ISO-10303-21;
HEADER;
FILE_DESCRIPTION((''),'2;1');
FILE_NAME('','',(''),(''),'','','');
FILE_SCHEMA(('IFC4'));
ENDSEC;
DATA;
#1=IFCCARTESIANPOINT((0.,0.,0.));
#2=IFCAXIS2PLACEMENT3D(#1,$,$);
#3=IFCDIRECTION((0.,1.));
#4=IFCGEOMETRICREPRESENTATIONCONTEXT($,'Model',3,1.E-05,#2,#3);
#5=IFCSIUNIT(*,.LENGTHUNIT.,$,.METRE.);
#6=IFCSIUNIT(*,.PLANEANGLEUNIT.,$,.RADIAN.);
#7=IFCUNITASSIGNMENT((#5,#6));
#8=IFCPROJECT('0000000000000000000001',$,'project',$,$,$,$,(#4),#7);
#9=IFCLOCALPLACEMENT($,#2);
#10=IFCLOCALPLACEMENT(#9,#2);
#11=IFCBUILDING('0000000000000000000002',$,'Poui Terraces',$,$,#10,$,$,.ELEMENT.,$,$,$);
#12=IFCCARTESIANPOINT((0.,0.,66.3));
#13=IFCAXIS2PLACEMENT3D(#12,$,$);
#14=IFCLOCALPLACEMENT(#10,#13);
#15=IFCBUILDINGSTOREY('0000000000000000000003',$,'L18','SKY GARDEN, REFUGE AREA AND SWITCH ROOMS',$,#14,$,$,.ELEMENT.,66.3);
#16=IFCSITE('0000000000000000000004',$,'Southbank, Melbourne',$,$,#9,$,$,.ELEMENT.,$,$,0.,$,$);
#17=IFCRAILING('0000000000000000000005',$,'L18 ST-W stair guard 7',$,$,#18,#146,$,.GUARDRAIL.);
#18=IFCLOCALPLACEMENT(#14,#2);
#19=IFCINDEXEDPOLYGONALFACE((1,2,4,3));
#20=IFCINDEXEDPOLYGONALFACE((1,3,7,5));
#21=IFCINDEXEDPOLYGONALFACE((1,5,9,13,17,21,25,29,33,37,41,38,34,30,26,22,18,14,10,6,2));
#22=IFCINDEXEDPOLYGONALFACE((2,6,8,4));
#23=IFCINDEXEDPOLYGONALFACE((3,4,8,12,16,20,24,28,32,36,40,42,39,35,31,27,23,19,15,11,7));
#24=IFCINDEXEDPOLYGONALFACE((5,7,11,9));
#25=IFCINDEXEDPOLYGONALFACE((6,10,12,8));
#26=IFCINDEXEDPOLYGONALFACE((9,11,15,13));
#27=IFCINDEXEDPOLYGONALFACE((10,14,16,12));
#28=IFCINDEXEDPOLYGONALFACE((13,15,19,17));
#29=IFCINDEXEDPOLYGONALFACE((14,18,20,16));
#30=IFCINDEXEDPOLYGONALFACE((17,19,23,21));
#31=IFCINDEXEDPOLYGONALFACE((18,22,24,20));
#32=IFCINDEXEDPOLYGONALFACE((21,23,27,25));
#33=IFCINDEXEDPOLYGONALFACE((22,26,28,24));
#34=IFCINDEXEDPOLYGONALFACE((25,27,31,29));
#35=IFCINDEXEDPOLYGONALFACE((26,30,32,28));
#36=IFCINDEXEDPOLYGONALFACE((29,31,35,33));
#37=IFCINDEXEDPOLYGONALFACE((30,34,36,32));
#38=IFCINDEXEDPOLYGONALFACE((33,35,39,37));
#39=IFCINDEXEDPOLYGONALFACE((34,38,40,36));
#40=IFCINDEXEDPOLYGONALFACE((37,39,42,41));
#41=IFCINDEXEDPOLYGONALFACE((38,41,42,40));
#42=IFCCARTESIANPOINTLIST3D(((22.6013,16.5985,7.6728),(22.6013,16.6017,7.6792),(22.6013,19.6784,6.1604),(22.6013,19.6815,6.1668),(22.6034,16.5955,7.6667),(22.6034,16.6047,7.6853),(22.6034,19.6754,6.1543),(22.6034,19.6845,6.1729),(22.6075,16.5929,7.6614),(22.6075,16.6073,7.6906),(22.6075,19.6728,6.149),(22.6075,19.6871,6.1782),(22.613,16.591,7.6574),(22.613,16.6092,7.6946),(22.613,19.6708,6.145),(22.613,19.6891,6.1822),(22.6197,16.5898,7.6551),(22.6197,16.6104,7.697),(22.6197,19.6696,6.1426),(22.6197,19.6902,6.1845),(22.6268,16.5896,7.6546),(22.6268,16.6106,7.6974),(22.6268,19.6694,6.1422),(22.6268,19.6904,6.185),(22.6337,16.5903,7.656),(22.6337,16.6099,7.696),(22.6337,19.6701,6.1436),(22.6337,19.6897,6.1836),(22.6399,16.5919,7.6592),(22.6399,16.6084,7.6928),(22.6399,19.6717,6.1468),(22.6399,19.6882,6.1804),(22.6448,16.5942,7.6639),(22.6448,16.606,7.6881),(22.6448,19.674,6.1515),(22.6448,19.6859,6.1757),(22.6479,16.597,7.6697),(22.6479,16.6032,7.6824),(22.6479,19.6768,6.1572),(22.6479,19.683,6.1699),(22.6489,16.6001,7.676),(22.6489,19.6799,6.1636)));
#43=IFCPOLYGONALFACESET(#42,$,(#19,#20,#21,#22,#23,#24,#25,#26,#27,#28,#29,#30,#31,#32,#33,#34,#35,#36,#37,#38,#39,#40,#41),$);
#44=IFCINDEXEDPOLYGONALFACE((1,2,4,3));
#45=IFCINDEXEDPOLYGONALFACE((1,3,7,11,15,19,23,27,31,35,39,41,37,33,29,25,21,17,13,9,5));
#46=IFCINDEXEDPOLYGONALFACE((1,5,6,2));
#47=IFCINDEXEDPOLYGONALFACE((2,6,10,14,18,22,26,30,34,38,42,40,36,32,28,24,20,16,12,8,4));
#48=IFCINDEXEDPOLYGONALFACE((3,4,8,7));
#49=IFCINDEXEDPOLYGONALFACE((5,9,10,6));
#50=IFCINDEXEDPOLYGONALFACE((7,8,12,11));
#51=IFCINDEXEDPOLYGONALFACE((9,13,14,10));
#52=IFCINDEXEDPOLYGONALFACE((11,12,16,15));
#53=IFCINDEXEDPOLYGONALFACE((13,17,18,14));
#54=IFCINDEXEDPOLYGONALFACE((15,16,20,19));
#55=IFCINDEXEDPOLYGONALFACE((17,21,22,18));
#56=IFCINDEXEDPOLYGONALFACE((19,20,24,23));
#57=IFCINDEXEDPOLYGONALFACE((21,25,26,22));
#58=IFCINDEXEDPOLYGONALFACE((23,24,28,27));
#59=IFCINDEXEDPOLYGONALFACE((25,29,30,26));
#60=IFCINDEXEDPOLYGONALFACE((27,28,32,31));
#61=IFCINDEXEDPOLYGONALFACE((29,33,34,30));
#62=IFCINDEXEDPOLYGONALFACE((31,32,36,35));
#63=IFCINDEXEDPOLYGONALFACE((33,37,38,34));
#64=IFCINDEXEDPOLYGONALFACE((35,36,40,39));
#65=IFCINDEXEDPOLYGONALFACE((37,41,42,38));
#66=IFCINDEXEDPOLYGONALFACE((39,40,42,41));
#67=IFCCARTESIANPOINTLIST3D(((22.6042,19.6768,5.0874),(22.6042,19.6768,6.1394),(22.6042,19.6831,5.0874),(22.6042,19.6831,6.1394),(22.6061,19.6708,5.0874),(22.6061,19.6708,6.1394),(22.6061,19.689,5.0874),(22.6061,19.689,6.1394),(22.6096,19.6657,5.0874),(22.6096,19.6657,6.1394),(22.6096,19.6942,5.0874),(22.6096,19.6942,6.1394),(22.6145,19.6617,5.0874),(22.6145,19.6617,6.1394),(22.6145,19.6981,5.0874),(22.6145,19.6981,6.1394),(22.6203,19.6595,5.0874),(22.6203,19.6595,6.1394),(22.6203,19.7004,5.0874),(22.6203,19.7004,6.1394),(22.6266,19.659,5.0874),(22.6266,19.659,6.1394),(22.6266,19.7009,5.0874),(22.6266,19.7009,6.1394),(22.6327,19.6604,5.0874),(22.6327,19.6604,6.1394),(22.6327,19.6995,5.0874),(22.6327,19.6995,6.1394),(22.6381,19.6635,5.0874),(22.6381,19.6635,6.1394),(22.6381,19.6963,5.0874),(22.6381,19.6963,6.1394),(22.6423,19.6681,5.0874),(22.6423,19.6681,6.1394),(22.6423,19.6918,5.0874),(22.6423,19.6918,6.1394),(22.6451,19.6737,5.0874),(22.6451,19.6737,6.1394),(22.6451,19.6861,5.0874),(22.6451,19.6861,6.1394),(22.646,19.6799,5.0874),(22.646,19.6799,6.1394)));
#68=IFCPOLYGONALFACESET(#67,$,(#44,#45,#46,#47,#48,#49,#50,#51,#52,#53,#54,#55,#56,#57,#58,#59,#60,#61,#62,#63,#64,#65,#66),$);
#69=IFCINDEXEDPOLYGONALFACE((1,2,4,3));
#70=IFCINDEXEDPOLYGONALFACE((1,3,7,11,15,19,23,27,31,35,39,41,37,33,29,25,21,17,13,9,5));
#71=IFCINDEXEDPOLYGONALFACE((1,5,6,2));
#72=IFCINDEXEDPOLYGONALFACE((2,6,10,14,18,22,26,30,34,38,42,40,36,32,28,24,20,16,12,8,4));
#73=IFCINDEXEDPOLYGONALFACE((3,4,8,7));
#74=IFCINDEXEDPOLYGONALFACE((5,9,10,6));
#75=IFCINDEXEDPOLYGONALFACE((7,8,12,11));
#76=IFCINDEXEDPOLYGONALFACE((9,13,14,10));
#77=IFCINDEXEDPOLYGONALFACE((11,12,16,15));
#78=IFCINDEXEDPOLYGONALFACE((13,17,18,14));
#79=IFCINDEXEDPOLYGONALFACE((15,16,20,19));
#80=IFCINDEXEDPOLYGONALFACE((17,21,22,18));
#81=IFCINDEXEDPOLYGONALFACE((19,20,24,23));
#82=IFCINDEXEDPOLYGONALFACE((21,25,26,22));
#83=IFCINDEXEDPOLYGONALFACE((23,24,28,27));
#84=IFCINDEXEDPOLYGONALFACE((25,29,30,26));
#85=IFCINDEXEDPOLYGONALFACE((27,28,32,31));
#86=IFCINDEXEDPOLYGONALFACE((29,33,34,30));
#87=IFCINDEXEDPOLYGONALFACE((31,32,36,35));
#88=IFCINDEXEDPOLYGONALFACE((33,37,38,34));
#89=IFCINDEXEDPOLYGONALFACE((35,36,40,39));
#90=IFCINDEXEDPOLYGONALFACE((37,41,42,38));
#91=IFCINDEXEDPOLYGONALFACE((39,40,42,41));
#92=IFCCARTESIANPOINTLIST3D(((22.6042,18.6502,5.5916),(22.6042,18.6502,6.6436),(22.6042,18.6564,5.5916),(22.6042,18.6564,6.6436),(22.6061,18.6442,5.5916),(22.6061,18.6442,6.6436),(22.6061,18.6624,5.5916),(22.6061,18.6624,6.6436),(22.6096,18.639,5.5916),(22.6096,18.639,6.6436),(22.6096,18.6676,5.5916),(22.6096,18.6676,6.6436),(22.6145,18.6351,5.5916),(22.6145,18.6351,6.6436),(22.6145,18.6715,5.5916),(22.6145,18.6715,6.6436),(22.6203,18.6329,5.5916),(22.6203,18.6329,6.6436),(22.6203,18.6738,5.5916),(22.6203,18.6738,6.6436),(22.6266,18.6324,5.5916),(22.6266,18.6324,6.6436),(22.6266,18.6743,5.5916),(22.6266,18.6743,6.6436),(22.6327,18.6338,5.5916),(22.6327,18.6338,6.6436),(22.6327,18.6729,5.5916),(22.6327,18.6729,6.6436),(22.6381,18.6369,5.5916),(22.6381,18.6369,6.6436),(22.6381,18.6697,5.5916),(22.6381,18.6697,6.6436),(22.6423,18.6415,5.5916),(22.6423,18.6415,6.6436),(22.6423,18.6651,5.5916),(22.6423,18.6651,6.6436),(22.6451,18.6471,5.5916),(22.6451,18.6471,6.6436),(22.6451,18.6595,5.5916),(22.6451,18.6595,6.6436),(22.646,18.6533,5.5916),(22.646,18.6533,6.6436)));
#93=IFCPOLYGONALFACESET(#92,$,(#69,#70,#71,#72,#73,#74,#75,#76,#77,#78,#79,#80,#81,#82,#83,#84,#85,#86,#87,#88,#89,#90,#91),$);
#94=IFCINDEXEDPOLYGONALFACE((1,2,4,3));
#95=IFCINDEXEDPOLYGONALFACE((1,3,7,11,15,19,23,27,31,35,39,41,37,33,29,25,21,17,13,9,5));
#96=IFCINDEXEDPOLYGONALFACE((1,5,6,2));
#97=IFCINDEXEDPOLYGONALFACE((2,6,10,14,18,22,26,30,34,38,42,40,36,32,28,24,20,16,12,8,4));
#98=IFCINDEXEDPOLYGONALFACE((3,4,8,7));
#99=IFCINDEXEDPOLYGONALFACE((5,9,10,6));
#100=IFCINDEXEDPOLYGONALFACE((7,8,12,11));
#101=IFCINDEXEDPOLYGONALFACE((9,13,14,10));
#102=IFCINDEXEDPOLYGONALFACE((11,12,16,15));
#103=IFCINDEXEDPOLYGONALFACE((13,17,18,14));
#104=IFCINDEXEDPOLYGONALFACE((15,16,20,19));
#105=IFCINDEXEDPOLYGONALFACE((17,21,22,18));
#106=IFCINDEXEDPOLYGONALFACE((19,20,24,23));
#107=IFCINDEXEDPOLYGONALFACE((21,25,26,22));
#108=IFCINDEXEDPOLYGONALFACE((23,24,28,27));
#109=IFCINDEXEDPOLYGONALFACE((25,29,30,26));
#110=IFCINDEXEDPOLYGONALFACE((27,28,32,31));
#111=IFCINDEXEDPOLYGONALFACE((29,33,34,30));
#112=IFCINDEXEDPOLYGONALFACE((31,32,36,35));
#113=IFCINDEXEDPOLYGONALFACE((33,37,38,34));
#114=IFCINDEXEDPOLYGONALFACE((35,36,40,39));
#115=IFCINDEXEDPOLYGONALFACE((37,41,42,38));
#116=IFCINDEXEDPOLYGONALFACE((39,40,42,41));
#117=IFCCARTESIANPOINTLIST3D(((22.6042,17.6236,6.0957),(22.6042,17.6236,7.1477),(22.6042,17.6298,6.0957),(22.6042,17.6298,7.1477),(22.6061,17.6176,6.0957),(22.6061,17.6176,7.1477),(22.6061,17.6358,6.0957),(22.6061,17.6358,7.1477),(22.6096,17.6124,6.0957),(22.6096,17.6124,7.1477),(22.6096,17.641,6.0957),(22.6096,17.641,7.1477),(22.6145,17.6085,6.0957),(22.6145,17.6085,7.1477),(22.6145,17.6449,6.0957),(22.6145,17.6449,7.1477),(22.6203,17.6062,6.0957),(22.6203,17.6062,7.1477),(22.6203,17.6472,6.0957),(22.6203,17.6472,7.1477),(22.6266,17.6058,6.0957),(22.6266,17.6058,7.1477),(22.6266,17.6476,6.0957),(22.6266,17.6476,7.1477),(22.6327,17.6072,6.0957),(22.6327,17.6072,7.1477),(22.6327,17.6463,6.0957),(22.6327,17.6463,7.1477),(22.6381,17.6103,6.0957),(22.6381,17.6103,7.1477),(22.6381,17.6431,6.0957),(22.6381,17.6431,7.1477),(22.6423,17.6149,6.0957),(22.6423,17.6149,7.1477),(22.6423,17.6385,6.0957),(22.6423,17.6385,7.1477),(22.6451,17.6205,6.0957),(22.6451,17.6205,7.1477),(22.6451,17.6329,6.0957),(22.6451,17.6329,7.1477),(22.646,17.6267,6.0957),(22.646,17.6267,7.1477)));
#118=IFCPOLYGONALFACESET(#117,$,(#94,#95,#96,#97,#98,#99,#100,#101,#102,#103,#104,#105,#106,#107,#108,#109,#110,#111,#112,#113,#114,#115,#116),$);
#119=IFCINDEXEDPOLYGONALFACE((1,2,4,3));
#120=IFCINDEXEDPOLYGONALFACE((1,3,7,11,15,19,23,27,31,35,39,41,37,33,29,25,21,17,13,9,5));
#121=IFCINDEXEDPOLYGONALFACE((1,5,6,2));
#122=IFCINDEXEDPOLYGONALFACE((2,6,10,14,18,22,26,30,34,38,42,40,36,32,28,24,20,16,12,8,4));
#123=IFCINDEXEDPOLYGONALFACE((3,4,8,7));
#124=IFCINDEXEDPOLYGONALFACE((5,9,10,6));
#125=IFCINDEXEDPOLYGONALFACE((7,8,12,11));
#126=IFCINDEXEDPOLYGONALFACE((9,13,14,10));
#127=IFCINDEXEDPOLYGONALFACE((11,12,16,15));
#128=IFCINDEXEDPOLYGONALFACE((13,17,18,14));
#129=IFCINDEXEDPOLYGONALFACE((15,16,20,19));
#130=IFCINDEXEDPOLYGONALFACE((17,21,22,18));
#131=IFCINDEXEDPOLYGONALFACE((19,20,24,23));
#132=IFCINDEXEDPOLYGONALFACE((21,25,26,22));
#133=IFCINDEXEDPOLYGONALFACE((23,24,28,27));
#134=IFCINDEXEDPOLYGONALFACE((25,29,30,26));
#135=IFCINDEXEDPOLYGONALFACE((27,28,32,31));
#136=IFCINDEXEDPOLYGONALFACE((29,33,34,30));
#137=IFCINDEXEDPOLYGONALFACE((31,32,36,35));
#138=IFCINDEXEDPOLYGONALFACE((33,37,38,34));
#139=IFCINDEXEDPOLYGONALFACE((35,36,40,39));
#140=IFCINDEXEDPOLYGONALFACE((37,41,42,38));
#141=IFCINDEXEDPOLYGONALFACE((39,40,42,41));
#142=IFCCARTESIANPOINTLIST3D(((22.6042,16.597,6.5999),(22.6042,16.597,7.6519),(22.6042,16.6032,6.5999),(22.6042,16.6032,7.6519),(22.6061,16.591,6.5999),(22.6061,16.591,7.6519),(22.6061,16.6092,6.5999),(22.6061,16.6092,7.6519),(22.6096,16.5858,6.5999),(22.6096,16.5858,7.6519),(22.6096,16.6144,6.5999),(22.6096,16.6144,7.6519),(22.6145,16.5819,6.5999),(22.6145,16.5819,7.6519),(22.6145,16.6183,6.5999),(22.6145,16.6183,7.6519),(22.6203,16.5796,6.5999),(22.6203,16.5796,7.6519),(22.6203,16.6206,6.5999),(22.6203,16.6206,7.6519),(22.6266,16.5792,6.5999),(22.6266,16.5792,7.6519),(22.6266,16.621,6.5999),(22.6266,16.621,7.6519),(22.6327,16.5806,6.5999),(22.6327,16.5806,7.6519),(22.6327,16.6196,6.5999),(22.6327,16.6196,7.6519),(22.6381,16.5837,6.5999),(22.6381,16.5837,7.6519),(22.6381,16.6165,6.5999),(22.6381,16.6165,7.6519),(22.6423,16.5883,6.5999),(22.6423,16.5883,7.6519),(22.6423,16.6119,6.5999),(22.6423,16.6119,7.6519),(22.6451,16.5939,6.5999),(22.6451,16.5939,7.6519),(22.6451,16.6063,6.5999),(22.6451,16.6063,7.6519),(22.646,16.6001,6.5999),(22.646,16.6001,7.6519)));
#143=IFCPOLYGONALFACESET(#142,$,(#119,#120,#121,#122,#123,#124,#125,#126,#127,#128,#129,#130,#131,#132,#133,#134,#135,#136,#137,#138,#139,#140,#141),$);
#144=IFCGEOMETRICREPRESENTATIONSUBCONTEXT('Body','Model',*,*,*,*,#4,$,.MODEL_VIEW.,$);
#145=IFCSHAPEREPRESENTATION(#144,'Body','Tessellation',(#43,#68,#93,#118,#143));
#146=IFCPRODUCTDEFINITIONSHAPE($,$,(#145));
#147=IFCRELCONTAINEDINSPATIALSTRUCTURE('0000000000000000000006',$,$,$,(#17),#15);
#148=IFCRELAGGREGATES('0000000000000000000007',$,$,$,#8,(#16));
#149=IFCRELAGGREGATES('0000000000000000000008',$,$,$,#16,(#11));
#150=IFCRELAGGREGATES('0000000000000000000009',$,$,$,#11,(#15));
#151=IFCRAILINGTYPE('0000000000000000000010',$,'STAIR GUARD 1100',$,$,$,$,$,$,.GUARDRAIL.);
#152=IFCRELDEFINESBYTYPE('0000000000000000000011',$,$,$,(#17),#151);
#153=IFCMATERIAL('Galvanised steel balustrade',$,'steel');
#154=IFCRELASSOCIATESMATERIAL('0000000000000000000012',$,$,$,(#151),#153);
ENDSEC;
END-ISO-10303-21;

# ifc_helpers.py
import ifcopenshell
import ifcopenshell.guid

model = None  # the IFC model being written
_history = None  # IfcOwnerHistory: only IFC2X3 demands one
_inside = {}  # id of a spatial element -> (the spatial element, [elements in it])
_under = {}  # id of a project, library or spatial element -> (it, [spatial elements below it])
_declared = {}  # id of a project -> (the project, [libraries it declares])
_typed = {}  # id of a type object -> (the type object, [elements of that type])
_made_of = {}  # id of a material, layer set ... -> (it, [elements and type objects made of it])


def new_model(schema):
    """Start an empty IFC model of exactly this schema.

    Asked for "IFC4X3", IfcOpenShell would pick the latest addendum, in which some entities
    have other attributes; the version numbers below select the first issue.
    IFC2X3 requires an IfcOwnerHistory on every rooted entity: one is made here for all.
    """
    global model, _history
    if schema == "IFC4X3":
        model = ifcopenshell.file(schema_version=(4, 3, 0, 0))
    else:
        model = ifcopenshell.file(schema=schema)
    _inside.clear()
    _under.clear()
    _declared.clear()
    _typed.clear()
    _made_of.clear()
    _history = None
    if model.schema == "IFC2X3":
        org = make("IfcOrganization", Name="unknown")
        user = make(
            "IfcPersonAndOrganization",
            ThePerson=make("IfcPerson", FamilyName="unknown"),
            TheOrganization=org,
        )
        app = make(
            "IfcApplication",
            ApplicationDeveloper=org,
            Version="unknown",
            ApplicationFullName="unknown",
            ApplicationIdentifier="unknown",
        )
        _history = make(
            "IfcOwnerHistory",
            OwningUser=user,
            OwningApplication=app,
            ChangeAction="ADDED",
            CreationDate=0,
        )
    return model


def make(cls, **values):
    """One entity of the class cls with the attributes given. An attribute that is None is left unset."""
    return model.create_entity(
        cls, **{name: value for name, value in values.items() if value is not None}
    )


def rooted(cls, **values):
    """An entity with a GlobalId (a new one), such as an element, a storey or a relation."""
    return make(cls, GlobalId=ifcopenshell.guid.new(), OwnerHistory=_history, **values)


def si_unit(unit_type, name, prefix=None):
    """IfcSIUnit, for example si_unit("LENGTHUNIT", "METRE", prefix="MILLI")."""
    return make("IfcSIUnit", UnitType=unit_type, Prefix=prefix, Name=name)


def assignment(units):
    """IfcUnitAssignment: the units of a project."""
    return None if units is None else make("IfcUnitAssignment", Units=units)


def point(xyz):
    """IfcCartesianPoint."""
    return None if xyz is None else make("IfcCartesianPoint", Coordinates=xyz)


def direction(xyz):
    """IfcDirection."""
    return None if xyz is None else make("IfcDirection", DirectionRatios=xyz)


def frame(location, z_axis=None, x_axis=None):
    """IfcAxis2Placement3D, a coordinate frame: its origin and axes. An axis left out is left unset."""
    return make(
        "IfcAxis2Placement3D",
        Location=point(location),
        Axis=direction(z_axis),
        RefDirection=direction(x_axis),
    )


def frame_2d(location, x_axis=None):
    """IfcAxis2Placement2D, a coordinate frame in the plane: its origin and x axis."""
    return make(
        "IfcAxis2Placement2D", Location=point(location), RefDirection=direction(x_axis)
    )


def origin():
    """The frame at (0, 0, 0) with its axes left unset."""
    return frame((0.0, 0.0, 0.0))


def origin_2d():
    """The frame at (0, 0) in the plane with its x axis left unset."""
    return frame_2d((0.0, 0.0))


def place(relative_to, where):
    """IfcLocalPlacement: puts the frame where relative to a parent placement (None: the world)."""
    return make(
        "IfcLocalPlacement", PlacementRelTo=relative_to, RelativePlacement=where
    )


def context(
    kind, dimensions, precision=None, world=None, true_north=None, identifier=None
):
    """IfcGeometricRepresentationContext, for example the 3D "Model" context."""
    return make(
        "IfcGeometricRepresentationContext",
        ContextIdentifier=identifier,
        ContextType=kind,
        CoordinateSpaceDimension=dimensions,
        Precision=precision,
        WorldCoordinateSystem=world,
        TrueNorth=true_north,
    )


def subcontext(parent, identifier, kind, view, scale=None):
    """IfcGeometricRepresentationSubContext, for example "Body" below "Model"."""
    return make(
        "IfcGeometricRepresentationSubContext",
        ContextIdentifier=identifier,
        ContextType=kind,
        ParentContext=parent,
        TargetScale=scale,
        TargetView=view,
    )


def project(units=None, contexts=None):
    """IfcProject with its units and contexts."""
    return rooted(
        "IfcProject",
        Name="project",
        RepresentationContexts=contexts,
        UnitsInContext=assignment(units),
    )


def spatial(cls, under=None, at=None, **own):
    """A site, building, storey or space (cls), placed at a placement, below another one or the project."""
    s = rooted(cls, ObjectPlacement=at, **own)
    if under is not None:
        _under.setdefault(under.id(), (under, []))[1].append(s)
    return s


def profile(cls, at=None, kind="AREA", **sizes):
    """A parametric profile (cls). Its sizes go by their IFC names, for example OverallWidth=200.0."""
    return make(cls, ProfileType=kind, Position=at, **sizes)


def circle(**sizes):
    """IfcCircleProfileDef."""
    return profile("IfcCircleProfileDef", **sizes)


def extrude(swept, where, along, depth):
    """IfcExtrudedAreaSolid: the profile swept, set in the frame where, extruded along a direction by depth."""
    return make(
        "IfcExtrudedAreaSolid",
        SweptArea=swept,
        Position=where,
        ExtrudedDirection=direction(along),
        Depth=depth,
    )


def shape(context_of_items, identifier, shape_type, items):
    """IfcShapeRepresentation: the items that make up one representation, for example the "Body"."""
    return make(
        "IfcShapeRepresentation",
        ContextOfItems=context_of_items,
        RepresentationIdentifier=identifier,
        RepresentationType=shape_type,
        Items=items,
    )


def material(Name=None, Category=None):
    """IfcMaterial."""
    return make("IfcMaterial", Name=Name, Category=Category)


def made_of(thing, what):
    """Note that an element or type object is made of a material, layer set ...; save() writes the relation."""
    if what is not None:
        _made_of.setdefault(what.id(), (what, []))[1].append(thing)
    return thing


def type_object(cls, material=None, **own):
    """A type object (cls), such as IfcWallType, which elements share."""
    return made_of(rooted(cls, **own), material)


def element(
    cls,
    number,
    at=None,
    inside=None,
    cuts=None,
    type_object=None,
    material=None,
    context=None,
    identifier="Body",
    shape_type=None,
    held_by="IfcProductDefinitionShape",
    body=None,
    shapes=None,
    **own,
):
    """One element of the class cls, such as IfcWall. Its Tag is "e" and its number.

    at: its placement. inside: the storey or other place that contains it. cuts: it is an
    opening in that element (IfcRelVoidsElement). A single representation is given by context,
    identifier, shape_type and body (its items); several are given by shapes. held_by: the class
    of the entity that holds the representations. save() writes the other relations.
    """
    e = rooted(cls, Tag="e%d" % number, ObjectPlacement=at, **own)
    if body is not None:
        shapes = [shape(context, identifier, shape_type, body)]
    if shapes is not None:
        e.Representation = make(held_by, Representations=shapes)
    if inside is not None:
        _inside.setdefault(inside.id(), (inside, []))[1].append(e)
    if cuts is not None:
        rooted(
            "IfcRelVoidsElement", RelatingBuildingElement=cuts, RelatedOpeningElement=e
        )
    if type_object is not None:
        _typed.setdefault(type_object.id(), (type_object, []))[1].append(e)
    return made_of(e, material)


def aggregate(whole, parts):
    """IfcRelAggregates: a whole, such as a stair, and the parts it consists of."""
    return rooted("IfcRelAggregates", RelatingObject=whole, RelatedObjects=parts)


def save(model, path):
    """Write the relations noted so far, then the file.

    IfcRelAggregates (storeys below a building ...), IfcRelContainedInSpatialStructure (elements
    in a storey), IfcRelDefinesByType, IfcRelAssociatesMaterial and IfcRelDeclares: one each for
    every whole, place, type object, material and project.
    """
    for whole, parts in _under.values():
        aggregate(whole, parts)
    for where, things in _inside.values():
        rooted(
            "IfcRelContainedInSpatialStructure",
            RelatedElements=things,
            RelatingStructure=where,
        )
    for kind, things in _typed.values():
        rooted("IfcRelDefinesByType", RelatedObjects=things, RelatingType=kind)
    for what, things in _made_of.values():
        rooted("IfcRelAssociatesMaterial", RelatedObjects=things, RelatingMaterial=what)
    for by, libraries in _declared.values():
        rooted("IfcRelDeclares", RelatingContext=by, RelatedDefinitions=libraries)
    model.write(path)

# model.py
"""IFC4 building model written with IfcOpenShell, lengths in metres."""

from ifc_helpers import new_model, si_unit, direction, frame, origin, origin_2d, place, context, subcontext, project, spatial, circle, extrude, material, type_object, element, save


model = new_model("IFC4")

# Units and contexts
model_context = context("Model", 3, precision=1e-05, world=origin(), true_north=direction((0.0, 1.0)))
body_context = subcontext(model_context, "Body", "Model", "MODEL_VIEW")
ifc_project = project(units=[si_unit("LENGTHUNIT", "METRE"), si_unit("PLANEANGLEUNIT", "RADIAN")], contexts=[model_context])

# Site, building, storey
site_placement = place(None, origin())
site = spatial("IfcSite", under=ifc_project, at=site_placement, Name="Southbank, Melbourne", CompositionType="ELEMENT", RefElevation=0.0)
building_placement = place(site_placement, origin())
building = spatial("IfcBuilding", under=site, at=building_placement, Name="Poui Terraces", CompositionType="ELEMENT")
storey_placement = place(building_placement, frame((0.0, 0.0, 66.3)))
storey = spatial("IfcBuildingStorey", under=building, at=storey_placement, Name="L18", Description="SKY GARDEN, REFUGE AREA AND SWITCH ROOMS", CompositionType="ELEMENT", Elevation=66.3)

# Railing
ifc_material_1 = material(Name="Galvanised steel balustrade", Category="steel")
railing_type_1 = type_object("IfcRailingType", Name="STAIR GUARD 1100", PredefinedType="GUARDRAIL", material=ifc_material_1)
railing_1_placement = place(storey_placement, frame((22.625, 19.6799, 5.0874)))
element("IfcRailing", 1, at=railing_1_placement, inside=storey, type_object=railing_type_1, Name="L18 ST-W stair guard 7", PredefinedType="GUARDRAIL", context=body_context, shape_type="SweptSolid", body=[
    extrude(circle(Radius=0.0239, at=origin_2d()), frame((0.0, 0.0, 1.0762), z_axis=(0.0, -0.897606, 0.440798), x_axis=(1.0, 0.0, 0.0)), (0.0, 0.0, 1.0), 3.4312),
    extrude(circle(Radius=0.021, at=origin_2d()), origin(), (0.0, 0.0, 1.0), 1.052),
    extrude(circle(Radius=0.021, at=origin_2d()), frame((0.0, -1.0266, 0.5042)), (0.0, 0.0, 1.0), 1.052),
    extrude(circle(Radius=0.021, at=origin_2d()), frame((0.0, -2.0532, 1.0083)), (0.0, 0.0, 1.0), 1.052),
    extrude(circle(Radius=0.021, at=origin_2d()), frame((0.0, -3.0798, 1.5125)), (0.0, 0.0, 1.0), 1.052),
])

save(model, "model.ifc")
